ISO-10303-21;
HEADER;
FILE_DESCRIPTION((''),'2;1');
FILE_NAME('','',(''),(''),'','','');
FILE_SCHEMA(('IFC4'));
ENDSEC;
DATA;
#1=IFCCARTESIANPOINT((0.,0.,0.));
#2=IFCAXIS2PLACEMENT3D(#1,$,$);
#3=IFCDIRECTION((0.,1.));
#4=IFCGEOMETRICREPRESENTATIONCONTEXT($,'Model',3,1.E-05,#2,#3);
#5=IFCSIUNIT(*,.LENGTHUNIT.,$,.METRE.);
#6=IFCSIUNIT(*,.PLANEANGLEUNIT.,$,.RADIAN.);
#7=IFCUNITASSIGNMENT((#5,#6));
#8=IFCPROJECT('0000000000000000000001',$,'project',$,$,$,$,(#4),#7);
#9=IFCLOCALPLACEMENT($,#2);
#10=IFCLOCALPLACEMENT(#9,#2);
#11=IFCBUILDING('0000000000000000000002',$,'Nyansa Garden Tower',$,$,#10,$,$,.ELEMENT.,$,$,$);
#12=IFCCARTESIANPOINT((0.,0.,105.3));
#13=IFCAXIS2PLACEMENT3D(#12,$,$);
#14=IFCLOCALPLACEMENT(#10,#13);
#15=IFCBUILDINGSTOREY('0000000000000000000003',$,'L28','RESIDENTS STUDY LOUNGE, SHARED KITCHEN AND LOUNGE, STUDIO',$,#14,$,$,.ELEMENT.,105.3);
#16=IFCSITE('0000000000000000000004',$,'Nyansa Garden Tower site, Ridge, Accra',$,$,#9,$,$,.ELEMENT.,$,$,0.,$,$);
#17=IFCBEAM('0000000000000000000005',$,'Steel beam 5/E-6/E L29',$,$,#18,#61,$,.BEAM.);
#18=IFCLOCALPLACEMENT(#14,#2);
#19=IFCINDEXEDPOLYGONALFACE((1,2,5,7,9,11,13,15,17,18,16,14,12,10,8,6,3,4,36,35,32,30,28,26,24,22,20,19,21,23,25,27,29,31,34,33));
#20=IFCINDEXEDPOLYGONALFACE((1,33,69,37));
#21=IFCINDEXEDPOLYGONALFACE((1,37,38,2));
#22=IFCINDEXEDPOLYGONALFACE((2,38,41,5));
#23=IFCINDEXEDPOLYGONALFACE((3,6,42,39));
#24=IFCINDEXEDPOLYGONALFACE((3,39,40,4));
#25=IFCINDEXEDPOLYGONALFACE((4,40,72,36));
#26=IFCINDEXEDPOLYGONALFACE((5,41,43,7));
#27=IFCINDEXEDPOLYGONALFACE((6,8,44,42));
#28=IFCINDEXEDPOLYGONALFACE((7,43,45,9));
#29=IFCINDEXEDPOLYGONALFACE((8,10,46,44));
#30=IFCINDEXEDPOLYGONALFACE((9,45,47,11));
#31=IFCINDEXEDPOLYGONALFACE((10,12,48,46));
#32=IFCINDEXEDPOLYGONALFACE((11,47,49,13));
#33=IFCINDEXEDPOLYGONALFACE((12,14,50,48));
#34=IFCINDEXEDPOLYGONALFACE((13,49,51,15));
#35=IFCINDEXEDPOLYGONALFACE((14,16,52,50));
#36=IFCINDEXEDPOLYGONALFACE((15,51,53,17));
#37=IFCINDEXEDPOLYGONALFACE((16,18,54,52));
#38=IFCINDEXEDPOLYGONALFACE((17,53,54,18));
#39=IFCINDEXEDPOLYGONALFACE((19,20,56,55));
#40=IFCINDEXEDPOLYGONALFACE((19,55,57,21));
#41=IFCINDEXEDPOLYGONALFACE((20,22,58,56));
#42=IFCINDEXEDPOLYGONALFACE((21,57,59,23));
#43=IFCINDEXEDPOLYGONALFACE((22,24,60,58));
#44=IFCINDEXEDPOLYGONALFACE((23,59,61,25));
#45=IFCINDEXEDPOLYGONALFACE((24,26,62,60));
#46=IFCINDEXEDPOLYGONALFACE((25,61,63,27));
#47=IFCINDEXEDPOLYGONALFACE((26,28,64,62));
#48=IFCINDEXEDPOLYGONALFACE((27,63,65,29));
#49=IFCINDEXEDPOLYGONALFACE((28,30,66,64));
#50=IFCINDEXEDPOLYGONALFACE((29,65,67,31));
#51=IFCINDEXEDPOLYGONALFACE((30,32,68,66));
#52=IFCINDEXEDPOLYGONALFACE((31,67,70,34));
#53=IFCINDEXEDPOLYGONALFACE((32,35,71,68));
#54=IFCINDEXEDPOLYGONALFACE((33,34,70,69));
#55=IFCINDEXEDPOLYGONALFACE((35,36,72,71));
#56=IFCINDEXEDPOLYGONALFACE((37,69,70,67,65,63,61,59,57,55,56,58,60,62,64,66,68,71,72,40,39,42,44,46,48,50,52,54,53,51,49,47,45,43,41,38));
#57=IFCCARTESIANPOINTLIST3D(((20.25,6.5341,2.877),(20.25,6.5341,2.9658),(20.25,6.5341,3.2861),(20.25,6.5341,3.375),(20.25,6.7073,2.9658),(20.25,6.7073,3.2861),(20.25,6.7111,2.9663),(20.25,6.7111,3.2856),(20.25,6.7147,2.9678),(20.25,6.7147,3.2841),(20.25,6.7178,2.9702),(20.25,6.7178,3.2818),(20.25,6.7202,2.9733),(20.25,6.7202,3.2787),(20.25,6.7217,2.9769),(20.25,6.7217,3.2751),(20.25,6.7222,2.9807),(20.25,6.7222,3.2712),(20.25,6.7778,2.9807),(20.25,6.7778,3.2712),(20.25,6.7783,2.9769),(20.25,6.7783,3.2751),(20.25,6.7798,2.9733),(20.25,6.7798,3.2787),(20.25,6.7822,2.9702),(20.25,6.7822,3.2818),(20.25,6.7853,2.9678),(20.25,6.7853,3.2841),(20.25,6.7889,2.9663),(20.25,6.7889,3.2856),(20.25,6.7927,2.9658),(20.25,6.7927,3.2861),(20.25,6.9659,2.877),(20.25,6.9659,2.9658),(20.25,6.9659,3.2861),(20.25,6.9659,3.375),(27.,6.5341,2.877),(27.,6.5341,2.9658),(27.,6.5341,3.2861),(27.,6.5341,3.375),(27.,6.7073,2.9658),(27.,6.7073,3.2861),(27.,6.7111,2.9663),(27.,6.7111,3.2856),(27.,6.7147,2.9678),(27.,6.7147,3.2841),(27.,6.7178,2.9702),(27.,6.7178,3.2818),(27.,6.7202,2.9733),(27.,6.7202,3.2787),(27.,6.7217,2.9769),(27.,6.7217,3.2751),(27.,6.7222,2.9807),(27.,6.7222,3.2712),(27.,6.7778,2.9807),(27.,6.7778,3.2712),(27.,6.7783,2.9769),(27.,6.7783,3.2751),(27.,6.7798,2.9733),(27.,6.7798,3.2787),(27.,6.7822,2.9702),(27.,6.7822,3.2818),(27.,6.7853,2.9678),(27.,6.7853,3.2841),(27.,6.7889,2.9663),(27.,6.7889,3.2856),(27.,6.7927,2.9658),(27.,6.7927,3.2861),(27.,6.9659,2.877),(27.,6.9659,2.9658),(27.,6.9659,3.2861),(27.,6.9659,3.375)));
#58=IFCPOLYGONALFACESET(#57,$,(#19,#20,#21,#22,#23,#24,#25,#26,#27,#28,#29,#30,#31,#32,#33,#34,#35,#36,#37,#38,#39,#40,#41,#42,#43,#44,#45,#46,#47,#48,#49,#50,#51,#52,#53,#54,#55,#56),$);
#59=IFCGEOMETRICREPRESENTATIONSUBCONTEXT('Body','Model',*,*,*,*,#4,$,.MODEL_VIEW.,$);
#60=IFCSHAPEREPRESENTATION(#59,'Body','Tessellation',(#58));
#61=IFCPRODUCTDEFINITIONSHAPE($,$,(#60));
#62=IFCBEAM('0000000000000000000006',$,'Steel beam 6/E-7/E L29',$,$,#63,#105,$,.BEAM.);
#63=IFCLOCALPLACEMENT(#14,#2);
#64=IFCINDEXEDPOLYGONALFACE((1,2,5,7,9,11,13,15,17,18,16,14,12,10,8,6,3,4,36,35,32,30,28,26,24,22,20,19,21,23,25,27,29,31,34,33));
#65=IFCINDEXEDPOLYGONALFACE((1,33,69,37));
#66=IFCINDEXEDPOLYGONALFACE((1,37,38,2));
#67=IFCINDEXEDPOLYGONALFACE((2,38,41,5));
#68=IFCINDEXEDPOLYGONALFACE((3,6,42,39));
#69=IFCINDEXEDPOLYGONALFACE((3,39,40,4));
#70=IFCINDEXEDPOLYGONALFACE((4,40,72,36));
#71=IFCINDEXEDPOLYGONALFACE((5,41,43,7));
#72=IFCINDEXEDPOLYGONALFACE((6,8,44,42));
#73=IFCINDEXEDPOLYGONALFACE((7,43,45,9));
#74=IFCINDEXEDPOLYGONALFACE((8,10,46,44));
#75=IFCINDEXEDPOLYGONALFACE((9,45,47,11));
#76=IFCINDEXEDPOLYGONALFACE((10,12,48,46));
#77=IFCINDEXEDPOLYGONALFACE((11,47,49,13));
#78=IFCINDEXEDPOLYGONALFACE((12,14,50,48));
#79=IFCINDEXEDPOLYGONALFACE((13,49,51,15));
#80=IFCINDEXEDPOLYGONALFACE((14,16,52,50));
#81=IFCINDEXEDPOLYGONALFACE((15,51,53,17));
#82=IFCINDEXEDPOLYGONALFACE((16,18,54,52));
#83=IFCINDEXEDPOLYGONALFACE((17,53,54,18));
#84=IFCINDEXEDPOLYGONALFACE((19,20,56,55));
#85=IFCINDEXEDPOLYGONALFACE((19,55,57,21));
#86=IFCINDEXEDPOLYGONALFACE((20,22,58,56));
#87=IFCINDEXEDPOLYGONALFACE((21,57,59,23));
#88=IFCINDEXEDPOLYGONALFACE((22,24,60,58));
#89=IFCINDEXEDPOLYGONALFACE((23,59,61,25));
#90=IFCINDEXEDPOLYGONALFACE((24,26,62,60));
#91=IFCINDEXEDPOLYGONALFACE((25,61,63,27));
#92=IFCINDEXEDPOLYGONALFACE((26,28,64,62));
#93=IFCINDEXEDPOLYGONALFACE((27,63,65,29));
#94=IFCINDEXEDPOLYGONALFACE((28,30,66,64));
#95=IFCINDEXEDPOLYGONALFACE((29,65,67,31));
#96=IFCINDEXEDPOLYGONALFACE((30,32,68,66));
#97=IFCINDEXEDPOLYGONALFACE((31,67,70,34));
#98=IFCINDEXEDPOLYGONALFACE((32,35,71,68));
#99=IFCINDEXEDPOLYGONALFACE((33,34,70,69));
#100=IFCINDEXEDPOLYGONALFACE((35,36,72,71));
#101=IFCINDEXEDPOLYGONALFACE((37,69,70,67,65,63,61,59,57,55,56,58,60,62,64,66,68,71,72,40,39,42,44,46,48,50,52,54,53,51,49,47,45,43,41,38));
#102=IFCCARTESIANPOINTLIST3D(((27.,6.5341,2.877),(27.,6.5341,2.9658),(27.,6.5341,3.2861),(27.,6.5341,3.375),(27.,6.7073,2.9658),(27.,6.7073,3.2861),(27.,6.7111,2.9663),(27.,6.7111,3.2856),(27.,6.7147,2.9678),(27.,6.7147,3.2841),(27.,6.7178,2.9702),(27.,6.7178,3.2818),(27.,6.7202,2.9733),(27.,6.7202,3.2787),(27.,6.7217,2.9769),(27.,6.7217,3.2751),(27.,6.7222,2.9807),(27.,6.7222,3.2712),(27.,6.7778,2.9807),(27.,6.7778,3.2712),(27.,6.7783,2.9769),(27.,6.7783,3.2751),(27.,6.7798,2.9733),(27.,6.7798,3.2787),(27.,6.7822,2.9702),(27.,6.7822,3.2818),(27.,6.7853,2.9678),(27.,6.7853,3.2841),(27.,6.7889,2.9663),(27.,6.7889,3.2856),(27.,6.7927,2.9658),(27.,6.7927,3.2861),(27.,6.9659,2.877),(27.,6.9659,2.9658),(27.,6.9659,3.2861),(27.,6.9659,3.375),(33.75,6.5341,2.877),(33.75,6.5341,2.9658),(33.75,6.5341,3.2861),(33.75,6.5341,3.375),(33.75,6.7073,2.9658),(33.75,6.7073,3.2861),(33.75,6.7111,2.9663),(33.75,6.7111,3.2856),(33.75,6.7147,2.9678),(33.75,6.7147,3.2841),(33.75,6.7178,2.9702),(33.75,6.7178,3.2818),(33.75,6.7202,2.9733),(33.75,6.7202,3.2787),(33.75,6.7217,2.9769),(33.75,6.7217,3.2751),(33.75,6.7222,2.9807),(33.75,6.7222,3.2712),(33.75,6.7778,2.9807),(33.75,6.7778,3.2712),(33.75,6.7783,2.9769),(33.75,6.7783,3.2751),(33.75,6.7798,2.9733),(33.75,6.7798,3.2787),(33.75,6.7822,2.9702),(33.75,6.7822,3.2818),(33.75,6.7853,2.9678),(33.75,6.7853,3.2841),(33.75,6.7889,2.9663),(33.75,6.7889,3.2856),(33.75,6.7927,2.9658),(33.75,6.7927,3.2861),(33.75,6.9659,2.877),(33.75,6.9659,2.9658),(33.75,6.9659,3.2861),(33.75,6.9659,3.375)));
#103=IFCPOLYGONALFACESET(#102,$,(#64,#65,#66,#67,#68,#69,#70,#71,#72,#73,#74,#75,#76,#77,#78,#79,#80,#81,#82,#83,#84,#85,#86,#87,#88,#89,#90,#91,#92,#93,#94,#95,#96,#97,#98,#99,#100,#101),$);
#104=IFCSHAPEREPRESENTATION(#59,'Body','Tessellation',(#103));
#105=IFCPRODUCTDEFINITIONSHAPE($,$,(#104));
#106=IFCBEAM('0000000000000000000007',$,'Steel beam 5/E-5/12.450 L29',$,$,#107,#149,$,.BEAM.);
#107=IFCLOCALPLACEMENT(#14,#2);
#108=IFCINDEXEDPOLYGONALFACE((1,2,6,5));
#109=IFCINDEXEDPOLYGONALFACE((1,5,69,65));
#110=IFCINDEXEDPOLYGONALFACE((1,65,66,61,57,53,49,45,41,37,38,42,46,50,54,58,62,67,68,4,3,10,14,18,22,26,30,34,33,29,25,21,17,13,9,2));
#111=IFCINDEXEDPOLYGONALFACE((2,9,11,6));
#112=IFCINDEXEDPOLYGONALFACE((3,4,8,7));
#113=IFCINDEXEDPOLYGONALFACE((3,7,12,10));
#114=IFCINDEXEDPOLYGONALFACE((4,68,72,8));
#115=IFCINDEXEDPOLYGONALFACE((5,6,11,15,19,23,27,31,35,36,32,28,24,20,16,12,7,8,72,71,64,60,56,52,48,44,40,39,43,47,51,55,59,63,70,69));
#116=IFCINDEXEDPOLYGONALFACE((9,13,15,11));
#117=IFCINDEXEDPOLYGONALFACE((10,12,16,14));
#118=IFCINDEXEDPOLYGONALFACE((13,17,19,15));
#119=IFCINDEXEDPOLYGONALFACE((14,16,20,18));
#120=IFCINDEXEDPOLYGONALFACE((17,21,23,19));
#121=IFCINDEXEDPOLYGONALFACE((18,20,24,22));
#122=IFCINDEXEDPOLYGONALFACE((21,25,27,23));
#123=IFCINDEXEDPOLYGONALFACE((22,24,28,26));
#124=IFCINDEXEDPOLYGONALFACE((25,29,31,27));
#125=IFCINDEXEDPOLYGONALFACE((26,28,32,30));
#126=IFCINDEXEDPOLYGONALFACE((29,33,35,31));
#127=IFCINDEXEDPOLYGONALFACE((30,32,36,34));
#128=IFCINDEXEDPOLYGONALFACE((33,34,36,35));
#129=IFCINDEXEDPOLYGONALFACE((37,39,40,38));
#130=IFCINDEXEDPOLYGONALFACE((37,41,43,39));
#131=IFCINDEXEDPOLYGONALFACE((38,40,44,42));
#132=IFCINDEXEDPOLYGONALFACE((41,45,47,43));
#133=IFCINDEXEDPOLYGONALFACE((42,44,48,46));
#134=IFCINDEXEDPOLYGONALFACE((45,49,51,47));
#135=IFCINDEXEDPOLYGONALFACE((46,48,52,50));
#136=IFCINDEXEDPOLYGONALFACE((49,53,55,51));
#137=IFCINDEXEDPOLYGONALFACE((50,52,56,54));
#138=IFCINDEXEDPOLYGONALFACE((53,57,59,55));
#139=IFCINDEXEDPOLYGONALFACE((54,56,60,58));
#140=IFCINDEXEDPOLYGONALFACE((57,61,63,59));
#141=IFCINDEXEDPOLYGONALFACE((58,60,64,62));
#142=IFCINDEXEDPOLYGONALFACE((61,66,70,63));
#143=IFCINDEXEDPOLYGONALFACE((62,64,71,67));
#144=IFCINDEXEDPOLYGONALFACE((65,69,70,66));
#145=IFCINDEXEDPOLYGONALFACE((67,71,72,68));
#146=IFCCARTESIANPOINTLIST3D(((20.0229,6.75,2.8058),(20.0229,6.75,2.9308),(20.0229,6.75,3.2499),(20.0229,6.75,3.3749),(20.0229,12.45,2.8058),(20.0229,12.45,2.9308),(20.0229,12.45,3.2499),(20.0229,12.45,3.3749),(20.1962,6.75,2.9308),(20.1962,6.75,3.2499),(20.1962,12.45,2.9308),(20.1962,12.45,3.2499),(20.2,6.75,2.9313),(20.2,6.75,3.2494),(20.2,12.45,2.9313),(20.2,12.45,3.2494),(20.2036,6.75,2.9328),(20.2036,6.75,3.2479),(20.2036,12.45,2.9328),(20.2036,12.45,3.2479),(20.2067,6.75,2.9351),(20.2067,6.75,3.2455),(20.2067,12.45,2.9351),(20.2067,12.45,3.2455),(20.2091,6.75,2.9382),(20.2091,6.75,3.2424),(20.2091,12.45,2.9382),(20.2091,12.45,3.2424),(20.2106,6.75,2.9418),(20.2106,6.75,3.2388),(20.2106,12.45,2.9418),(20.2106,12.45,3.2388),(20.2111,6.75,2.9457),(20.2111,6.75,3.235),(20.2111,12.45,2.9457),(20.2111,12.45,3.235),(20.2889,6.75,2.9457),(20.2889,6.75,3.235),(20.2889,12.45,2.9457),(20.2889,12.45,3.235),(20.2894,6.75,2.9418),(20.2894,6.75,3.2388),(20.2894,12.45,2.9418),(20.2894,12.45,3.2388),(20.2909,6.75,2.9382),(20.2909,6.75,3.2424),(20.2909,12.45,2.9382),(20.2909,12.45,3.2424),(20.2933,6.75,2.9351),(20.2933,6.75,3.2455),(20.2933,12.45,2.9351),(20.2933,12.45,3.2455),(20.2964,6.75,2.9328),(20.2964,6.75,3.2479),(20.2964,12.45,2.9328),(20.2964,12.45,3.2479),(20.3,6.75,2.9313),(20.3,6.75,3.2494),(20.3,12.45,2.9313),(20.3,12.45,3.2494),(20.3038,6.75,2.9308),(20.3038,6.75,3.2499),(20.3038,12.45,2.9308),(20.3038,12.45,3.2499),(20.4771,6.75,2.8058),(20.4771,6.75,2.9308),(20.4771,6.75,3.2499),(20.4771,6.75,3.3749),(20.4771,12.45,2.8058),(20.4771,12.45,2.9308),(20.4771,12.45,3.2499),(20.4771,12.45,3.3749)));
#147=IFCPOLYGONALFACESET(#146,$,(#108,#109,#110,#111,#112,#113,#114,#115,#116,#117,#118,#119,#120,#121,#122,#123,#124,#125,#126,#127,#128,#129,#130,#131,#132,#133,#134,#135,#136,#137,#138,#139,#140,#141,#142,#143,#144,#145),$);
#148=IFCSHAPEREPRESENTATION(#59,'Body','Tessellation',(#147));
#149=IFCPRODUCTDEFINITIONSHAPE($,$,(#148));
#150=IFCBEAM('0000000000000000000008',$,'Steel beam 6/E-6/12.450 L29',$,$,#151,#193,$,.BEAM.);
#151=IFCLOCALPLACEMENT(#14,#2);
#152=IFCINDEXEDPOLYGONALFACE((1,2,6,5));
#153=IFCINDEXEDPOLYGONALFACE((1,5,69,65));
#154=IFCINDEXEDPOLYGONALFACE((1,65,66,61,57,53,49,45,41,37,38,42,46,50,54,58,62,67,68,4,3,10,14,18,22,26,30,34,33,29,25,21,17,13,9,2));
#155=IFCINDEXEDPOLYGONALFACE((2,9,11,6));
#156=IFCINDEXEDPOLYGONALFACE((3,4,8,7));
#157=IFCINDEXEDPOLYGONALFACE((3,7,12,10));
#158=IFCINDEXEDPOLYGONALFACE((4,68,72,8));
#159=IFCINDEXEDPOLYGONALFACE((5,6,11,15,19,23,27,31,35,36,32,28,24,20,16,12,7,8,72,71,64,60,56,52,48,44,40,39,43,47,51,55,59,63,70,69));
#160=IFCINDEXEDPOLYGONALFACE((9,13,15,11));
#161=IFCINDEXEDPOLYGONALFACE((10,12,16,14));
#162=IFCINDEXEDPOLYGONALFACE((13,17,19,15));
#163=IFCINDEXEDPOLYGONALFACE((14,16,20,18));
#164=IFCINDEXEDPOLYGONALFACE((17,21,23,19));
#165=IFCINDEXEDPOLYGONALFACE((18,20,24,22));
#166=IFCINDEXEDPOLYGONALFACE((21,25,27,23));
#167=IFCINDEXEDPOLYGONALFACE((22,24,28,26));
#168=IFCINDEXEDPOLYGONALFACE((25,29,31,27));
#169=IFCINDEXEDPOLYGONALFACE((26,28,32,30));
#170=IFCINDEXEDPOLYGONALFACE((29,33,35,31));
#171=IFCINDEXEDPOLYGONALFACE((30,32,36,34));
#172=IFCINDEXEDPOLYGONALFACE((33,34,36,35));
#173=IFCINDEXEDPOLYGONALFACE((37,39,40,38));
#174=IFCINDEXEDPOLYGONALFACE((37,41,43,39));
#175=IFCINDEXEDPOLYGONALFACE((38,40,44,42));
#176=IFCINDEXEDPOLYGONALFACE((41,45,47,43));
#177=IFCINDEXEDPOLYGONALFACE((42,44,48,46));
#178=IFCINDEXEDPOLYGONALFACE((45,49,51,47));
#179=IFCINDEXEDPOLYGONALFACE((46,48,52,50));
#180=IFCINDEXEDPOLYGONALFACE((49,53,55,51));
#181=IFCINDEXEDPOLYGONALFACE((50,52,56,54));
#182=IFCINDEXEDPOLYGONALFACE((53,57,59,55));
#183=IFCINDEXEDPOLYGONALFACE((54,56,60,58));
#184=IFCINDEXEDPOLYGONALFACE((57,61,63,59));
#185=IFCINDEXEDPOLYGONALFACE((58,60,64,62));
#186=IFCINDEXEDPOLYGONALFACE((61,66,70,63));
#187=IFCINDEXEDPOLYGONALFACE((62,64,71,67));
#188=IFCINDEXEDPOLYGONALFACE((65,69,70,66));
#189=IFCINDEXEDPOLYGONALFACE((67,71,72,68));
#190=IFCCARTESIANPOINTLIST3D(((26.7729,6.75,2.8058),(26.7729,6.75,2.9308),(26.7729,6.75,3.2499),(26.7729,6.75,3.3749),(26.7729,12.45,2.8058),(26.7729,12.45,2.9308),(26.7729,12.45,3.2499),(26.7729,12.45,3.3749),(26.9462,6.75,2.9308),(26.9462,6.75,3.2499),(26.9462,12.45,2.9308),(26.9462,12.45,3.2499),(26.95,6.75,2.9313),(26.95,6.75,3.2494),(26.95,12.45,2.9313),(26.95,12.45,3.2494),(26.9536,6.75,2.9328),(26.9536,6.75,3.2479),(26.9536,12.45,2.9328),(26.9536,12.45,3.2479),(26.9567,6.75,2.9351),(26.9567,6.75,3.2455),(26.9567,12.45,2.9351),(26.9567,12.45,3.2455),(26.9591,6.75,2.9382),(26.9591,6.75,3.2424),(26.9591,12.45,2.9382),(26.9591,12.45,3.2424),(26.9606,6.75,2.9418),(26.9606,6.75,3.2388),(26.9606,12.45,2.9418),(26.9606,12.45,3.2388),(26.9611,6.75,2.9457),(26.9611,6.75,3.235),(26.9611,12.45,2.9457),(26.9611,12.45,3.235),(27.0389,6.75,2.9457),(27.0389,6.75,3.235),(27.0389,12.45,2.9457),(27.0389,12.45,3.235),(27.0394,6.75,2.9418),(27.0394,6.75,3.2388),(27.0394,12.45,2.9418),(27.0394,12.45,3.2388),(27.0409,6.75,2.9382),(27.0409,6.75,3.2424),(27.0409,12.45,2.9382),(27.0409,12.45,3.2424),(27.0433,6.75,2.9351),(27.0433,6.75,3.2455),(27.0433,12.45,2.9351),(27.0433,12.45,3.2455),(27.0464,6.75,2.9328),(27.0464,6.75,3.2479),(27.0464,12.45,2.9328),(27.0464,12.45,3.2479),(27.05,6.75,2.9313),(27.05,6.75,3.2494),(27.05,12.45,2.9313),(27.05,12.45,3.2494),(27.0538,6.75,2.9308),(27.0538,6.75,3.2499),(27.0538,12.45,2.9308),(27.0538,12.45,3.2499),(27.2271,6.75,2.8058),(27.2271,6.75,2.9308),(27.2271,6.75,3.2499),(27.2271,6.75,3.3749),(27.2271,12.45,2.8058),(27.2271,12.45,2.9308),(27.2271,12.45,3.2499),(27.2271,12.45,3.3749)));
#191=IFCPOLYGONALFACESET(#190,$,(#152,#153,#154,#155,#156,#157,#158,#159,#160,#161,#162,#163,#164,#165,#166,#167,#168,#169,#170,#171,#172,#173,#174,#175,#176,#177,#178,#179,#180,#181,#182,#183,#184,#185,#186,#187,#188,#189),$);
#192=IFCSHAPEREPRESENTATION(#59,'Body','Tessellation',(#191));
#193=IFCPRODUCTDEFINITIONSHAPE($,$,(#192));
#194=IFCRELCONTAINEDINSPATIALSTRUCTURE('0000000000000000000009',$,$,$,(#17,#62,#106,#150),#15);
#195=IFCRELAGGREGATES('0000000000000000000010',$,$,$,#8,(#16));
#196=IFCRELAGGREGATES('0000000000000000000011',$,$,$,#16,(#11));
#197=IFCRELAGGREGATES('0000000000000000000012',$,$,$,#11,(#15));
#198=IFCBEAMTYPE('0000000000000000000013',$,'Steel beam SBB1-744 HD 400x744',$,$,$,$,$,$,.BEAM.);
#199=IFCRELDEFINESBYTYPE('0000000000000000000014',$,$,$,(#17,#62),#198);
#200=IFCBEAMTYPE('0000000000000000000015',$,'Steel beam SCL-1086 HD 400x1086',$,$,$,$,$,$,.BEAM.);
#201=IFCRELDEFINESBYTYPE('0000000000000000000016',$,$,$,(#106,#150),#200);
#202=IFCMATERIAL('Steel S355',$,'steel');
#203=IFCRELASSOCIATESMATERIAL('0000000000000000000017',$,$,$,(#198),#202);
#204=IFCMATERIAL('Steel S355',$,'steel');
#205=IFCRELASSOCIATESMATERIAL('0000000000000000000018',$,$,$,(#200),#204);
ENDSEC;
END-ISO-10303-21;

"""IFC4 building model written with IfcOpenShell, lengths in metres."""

from ifc_helpers import new_model, si_unit, direction, frame, origin, origin_2d, place, context, subcontext, project, spatial, i_section, extrude, material, material_profile, profile_set, type_object, element, save


model = new_model("IFC4")

# Units and contexts
model_context = context("Model", 3, precision=1e-05, world=origin(), true_north=direction((0.0, 1.0)))
body_context = subcontext(model_context, "Body", "Model", "MODEL_VIEW")
ifc_project = project(units=[si_unit("LENGTHUNIT", "METRE"), si_unit("PLANEANGLEUNIT", "RADIAN")], contexts=[model_context])

# Site, building, storey
site_placement = place(None, origin())
site = spatial("IfcSite", under=ifc_project, at=site_placement, Name="Nyansa Garden Tower site, Ridge, Accra", CompositionType="ELEMENT", RefElevation=0.0)
building_placement = place(site_placement, origin())
building = spatial("IfcBuilding", under=site, at=building_placement, Name="Nyansa Garden Tower", CompositionType="ELEMENT")
storey_placement = place(building_placement, frame((0.0, 0.0, 105.3)))
storey = spatial("IfcBuildingStorey", under=building, at=storey_placement, Name="L28", Description="RESIDENTS STUDY LOUNGE, SHARED KITCHEN AND LOUNGE, STUDIO", CompositionType="ELEMENT", Elevation=105.3)

# Beams
ifc_material_1 = material(Name="Steel S355", Category="steel")
ifc_material_profile_1 = material_profile(ifc_material_1, i_section(OverallWidth=0.4319, OverallDepth=0.498, WebThickness=0.0557, FlangeThickness=0.0889, FilletRadius=0.0149, at=origin_2d()), Name="HD 400x744")
ifc_profile_set_1 = profile_set([ifc_material_profile_1], Name="Steel S355")
beam_type_1 = type_object("IfcBeamType", Name="Steel beam SBB1-744 HD 400x744", PredefinedType="BEAM", material=ifc_profile_set_1)
for number, where, z_axis, x_axis, name in (
    (1, (20.25, 6.75, 3.126), (1.0, 0.0, 0.0), (0.0, 1.0, 0.0), "Steel beam 5/E-6/E L29"),
    (2, (27.0, 6.75, 3.126), (1.0, 0.0, 0.0), (0.0, 1.0, 0.0), "Steel beam 6/E-7/E L29"),
):
    element("IfcBeam", number, at=place(storey_placement, frame(where, z_axis=z_axis, x_axis=x_axis)), inside=storey, type_object=beam_type_1, Name=name, PredefinedType="BEAM", context=body_context, shape_type="SweptSolid", body=[
        extrude(i_section(OverallWidth=0.4319, OverallDepth=0.498, WebThickness=0.0557, FlangeThickness=0.0889, FilletRadius=0.0149, at=origin_2d()), origin(), (0.0, 0.0, 1.0), 6.75),
    ])
ifc_material_2 = material(Name="Steel S355", Category="steel")
ifc_material_profile_2 = material_profile(ifc_material_2, i_section(OverallWidth=0.4541, OverallDepth=0.5691, WebThickness=0.0779, FlangeThickness=0.125, FilletRadius=0.0149, at=origin_2d()), Name="HD 400x1086")
ifc_profile_set_2 = profile_set([ifc_material_profile_2], Name="Steel S355")
beam_type_2 = type_object("IfcBeamType", Name="Steel beam SCL-1086 HD 400x1086", PredefinedType="BEAM", material=ifc_profile_set_2)
for number, where, z_axis, x_axis, name in (
    (3, (20.25, 6.75, 3.0903), (0.0, 1.0, 0.0), (-1.0, 0.0, 0.0), "Steel beam 5/E-5/12.450 L29"),
    (4, (27.0, 6.75, 3.0903), (0.0, 1.0, 0.0), (-1.0, 0.0, 0.0), "Steel beam 6/E-6/12.450 L29"),
):
    element("IfcBeam", number, at=place(storey_placement, frame(where, z_axis=z_axis, x_axis=x_axis)), inside=storey, type_object=beam_type_2, Name=name, PredefinedType="BEAM", context=body_context, shape_type="SweptSolid", body=[
        extrude(i_section(OverallWidth=0.4541, OverallDepth=0.5691, WebThickness=0.0779, FlangeThickness=0.125, FilletRadius=0.0149, at=origin_2d()), origin(), (0.0, 0.0, 1.0), 5.7),
    ])

save(model, "model.ifc")
